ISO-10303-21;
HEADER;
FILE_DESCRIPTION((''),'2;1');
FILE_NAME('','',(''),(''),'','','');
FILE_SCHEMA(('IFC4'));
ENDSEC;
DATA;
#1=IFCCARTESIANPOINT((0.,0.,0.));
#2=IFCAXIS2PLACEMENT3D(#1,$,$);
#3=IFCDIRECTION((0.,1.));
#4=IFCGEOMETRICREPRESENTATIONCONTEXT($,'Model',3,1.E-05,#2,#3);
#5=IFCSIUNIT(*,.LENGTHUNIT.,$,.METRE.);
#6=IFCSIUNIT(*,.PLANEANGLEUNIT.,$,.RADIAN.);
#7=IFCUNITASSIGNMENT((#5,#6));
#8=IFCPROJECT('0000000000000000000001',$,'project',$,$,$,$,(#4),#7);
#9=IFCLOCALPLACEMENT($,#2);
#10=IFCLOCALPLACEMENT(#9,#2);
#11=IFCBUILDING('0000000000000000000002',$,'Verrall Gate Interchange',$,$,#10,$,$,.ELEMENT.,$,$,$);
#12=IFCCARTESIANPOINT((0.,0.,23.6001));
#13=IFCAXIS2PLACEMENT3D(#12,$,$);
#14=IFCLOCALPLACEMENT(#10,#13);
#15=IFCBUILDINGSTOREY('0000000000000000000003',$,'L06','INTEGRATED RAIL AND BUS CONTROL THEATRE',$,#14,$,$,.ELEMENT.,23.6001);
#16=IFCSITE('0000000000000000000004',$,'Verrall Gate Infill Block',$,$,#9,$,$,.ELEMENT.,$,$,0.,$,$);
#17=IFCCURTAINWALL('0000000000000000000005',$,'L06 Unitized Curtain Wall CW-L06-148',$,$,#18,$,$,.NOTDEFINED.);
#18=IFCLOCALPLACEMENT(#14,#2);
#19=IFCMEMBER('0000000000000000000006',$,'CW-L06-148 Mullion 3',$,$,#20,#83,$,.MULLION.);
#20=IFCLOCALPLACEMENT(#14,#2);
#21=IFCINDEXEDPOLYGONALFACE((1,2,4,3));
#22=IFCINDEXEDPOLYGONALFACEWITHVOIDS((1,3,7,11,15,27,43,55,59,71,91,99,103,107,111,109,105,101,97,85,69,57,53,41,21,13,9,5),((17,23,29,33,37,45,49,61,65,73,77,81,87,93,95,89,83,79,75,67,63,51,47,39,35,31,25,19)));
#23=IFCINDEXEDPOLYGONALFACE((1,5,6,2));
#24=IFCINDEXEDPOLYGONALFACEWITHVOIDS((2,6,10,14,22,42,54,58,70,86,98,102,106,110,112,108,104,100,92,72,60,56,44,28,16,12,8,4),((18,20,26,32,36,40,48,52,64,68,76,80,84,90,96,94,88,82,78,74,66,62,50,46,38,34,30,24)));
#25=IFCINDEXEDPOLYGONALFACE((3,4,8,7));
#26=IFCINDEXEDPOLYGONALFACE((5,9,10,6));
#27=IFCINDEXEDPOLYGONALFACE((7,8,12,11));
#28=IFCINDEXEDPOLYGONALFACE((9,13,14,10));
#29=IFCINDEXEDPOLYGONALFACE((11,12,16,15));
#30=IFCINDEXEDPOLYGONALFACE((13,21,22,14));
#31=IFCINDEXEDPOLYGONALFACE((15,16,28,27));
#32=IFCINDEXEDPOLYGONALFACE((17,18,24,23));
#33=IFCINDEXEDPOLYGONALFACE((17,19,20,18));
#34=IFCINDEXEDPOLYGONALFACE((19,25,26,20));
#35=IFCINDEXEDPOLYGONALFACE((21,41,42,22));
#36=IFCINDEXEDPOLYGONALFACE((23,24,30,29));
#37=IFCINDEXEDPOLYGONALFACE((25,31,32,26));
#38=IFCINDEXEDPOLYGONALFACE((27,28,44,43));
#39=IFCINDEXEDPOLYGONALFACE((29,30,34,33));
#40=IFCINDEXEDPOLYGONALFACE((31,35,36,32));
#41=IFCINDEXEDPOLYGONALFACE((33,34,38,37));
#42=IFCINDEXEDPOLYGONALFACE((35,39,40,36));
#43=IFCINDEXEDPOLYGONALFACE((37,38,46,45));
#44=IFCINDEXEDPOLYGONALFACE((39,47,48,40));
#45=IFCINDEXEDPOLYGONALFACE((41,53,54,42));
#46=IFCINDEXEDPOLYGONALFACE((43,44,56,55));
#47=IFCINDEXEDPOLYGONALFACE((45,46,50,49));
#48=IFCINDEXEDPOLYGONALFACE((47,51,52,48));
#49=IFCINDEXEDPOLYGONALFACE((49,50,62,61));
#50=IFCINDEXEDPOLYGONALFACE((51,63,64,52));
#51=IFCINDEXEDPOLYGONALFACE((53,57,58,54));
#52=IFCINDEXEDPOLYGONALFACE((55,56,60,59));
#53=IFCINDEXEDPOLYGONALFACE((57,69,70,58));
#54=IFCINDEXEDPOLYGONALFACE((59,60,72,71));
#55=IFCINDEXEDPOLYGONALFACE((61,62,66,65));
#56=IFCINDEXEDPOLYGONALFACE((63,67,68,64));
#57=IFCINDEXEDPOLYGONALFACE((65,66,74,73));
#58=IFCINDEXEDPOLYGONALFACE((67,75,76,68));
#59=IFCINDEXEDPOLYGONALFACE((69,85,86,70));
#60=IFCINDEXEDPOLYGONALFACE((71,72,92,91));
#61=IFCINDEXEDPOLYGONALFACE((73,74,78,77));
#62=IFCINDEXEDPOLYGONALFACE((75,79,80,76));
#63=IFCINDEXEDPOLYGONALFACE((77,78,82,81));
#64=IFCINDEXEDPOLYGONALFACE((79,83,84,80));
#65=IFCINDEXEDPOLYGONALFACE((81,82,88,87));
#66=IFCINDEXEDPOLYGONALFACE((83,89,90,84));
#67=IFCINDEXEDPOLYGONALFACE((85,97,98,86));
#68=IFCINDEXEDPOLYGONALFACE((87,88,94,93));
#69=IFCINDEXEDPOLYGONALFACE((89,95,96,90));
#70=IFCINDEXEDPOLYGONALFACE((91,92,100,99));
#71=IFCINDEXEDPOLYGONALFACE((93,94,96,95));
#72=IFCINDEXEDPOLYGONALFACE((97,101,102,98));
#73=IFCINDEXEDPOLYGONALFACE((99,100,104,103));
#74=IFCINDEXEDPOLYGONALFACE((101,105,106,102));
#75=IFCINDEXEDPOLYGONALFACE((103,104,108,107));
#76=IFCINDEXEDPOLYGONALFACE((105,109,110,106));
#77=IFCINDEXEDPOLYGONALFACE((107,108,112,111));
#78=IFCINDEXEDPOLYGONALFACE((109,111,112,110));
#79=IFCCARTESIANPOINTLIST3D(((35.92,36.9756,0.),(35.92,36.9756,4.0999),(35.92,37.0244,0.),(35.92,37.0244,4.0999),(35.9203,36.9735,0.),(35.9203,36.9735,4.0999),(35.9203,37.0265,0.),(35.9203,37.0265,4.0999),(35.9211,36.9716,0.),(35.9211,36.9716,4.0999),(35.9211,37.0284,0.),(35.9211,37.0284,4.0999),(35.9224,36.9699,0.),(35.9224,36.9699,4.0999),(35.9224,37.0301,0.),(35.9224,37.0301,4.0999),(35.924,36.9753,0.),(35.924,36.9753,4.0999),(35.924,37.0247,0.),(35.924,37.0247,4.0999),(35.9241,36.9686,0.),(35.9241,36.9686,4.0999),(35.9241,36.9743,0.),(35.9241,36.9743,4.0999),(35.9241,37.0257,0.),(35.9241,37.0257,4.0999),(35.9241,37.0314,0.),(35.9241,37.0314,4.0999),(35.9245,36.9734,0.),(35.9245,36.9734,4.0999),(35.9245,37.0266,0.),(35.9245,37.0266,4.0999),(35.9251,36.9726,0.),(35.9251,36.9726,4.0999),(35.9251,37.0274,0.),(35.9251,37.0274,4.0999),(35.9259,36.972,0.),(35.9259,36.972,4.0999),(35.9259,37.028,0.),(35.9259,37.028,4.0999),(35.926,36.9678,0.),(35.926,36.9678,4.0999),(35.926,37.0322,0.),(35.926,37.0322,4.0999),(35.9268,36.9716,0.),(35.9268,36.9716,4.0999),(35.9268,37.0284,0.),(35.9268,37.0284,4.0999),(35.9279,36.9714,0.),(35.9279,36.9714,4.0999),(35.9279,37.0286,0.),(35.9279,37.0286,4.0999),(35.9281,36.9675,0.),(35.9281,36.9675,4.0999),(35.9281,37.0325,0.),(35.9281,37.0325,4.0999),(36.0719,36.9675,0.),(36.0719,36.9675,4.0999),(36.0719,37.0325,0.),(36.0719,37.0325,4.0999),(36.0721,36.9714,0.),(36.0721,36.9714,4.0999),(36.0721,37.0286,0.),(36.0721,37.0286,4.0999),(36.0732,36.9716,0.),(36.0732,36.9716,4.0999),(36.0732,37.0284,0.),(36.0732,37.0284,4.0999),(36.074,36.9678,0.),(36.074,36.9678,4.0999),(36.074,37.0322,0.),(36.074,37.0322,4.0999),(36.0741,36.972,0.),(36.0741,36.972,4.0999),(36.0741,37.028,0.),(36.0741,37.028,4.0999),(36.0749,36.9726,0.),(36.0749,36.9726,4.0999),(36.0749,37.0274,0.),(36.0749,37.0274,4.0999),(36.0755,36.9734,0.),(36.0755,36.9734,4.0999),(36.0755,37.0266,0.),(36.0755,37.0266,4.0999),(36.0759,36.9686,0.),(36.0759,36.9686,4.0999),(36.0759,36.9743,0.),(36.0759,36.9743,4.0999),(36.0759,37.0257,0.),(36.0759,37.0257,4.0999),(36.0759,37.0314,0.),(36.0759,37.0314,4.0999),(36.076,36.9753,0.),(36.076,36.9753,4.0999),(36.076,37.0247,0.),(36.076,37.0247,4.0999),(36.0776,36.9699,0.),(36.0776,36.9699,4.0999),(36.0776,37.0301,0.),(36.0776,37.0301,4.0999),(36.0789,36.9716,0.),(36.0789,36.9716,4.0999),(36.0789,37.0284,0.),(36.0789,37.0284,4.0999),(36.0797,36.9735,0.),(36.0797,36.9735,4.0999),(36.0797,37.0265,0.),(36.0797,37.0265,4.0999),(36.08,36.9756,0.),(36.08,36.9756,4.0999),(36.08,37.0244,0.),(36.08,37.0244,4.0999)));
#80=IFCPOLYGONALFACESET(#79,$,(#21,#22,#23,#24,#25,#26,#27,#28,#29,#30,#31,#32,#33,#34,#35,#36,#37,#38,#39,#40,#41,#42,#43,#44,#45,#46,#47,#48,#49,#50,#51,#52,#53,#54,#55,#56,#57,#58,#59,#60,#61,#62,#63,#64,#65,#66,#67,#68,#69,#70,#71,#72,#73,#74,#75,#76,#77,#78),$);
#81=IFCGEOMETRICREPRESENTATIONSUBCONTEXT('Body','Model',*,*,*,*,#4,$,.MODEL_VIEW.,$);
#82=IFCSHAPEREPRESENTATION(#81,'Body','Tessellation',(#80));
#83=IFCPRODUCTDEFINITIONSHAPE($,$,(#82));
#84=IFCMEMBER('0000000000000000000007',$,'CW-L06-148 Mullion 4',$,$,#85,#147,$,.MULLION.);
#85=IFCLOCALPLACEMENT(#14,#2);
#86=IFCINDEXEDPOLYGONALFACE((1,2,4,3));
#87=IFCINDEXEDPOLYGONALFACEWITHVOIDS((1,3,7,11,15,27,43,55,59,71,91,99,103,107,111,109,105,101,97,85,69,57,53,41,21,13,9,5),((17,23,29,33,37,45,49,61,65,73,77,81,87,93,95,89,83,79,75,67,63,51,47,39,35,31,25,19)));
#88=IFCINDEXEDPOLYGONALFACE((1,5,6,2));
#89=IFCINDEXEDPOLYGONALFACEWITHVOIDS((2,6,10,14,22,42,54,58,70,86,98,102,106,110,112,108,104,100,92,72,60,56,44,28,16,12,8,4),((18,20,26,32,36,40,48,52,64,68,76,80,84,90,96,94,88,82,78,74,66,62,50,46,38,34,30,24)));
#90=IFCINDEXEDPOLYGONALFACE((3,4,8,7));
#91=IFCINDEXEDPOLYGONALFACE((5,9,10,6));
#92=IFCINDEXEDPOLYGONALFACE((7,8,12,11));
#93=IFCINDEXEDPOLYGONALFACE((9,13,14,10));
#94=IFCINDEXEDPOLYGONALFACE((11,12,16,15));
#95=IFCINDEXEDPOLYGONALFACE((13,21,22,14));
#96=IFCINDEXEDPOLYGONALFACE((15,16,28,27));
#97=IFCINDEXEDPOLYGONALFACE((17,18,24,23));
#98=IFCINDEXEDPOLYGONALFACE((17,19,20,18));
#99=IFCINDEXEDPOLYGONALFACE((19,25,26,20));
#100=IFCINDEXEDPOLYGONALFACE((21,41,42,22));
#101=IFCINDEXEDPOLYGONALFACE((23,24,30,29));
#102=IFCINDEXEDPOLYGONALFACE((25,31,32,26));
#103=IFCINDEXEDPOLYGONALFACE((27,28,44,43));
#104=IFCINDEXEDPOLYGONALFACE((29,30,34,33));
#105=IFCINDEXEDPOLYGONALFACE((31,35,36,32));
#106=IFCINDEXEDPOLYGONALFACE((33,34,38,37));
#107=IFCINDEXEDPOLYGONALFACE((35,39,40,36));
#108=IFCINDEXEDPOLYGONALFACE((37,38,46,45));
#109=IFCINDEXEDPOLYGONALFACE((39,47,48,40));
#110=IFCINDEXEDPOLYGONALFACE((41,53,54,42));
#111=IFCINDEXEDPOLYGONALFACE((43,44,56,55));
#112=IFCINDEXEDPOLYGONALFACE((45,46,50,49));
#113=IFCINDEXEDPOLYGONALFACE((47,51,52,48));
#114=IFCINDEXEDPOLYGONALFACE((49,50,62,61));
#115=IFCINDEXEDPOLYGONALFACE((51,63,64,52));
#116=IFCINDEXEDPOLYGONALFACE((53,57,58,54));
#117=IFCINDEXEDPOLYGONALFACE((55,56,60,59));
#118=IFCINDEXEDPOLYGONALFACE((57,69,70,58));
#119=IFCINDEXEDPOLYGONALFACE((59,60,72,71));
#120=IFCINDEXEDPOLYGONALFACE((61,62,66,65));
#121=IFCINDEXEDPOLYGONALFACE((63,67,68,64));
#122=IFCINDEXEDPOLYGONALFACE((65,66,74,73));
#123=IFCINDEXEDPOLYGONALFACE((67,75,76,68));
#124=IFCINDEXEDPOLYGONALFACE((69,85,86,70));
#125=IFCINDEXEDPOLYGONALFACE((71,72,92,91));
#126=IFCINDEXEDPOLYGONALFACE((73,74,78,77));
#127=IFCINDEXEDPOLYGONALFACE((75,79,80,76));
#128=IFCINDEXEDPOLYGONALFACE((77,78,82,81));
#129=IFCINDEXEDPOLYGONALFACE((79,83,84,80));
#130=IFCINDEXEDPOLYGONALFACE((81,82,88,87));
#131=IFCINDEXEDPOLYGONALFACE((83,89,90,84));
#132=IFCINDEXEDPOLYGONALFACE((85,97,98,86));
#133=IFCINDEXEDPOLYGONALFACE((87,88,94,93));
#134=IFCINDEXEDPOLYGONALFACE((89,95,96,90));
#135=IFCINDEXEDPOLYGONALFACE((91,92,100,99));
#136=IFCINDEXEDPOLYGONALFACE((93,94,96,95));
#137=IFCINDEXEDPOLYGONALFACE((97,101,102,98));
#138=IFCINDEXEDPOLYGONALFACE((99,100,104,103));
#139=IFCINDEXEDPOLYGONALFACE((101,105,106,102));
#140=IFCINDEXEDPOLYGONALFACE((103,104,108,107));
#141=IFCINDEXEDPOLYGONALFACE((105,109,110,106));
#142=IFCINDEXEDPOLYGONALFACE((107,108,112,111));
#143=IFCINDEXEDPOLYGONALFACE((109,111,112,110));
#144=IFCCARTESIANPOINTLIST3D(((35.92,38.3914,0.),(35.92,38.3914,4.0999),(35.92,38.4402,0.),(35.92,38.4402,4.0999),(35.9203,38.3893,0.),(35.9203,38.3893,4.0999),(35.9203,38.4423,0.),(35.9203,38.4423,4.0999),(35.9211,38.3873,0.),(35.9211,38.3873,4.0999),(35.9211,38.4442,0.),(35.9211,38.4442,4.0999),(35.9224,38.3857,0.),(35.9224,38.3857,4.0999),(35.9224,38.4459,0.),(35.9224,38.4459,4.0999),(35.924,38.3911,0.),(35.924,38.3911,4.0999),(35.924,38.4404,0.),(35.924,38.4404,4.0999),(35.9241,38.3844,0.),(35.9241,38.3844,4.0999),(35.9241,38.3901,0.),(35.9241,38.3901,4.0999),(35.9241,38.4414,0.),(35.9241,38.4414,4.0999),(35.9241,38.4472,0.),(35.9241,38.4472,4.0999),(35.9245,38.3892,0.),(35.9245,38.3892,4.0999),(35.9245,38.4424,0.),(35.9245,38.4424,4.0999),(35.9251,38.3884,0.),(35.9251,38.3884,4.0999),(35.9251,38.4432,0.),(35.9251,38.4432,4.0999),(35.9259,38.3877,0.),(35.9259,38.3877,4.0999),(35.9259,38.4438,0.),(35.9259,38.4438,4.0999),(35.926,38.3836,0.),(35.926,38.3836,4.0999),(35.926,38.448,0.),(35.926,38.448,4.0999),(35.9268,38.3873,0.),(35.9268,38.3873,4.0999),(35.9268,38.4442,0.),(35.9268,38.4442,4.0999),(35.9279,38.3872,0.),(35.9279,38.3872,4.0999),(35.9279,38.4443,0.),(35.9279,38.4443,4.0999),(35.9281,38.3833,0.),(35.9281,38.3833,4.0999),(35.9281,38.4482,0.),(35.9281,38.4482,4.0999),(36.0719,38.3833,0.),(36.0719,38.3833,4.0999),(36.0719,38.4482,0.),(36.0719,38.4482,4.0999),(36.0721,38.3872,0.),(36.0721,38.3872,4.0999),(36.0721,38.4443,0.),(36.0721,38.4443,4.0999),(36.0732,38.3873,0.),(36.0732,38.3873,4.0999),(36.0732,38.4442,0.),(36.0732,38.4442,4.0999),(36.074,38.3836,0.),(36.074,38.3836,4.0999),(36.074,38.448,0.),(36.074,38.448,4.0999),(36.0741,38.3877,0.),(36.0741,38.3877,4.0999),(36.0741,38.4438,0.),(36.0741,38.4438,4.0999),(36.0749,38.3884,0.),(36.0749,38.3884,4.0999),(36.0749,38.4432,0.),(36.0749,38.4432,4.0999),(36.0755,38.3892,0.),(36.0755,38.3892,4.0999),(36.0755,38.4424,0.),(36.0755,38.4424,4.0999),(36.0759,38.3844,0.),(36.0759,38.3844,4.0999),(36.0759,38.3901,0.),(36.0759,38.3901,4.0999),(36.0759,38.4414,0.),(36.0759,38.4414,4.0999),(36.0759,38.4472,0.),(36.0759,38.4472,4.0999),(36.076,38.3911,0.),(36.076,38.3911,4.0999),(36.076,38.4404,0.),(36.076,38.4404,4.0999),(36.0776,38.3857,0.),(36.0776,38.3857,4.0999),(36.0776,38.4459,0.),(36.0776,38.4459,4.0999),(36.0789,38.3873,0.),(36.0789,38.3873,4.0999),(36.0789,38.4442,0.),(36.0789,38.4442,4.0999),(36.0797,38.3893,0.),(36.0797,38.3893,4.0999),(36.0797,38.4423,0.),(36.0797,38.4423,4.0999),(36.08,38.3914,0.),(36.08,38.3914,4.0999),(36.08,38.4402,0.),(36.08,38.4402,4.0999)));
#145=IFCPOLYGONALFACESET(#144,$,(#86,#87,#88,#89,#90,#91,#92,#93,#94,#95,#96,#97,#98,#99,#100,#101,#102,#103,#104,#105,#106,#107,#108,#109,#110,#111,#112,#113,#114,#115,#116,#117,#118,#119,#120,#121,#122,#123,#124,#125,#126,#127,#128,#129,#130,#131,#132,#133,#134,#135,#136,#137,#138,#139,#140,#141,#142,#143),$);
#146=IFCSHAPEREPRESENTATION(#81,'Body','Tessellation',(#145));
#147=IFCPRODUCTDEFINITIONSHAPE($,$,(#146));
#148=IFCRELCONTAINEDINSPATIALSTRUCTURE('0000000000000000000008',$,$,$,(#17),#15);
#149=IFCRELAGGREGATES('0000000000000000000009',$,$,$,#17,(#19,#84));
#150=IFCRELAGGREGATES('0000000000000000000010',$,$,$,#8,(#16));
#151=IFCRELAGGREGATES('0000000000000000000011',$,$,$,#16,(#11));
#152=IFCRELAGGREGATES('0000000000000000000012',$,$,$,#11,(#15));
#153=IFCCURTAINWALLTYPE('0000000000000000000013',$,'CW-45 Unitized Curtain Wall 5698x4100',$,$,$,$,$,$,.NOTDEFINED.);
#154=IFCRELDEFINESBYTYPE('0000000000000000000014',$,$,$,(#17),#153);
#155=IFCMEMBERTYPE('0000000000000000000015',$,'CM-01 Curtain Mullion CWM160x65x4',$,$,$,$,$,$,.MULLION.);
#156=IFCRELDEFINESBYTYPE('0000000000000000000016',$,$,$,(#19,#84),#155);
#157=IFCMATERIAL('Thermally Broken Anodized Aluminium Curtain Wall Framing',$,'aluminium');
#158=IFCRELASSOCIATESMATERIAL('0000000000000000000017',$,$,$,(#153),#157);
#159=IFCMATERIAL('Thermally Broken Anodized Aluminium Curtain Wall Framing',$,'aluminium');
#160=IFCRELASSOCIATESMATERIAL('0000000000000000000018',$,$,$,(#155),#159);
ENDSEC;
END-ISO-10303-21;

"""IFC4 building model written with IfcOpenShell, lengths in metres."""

from ifc_helpers import new_model, si_unit, direction, frame, origin, origin_2d, place, context, subcontext, project, spatial, hollow_rectangle, extrude, material, material_profile, profile_set, type_object, element, aggregate, save


model = new_model("IFC4")

# Units and contexts
model_context = context("Model", 3, precision=1e-05, world=origin(), true_north=direction((0.0, 1.0)))
body_context = subcontext(model_context, "Body", "Model", "MODEL_VIEW")
ifc_project = project(units=[si_unit("LENGTHUNIT", "METRE"), si_unit("PLANEANGLEUNIT", "RADIAN")], contexts=[model_context])

# Site, building, storey
site_placement = place(None, origin())
site = spatial("IfcSite", under=ifc_project, at=site_placement, Name="Verrall Gate Infill Block", CompositionType="ELEMENT", RefElevation=0.0)
building_placement = place(site_placement, origin())
building = spatial("IfcBuilding", under=site, at=building_placement, Name="Verrall Gate Interchange", CompositionType="ELEMENT")
storey_placement = place(building_placement, frame((0.0, 0.0, 23.6001)))
storey = spatial("IfcBuildingStorey", under=building, at=storey_placement, Name="L06", Description="INTEGRATED RAIL AND BUS CONTROL THEATRE", CompositionType="ELEMENT", Elevation=23.6001)

# Curtain wall, members
ifc_material_1 = material(Name="Thermally Broken Anodized Aluminium Curtain Wall Framing", Category="aluminium")
curtain_wall_type_1 = type_object("IfcCurtainWallType", Name="CW-45 Unitized Curtain Wall 5698x4100", PredefinedType="NOTDEFINED", material=ifc_material_1)
curtain_wall_1_placement = place(storey_placement, origin())
curtain_wall_1 = element("IfcCurtainWall", 1, at=curtain_wall_1_placement, inside=storey, type_object=curtain_wall_type_1, Name="L06 Unitized Curtain Wall CW-L06-148", PredefinedType="NOTDEFINED")
ifc_material_2 = material(Name="Thermally Broken Anodized Aluminium Curtain Wall Framing", Category="aluminium")
ifc_material_profile_1 = material_profile(ifc_material_2, hollow_rectangle(XDim=0.0649, YDim=0.1599, WallThickness=0.0039, InnerFilletRadius=0.0039, OuterFilletRadius=0.0081, at=origin_2d()), Name="CWM160x65x4")
ifc_profile_set_1 = profile_set([ifc_material_profile_1], Name="Thermally Broken Anodized Aluminium Curtain Wall Framing")
member_type_1 = type_object("IfcMemberType", Name="CM-01 Curtain Mullion CWM160x65x4", PredefinedType="MULLION", material=ifc_profile_set_1)
member_1_placement = place(storey_placement, frame((36.0, 37.0, 0.0), z_axis=(0.0, 0.0, 1.0), x_axis=(0.0, 1.0, 0.0)))
member_1 = element("IfcMember", 2, at=member_1_placement, type_object=member_type_1, Name="CW-L06-148 Mullion 3", PredefinedType="MULLION", context=body_context, shape_type="SweptSolid", body=[
    extrude(hollow_rectangle(XDim=0.0649, YDim=0.1599, WallThickness=0.0039, InnerFilletRadius=0.0039, OuterFilletRadius=0.0081, at=origin_2d()), origin(), (0.0, 0.0, 1.0), 4.0999),
])
member_2_placement = place(storey_placement, frame((36.0, 38.4158, 0.0), z_axis=(0.0, 0.0, 1.0), x_axis=(0.0, 1.0, 0.0)))
member_2 = element("IfcMember", 3, at=member_2_placement, type_object=member_type_1, Name="CW-L06-148 Mullion 4", PredefinedType="MULLION", context=body_context, shape_type="SweptSolid", body=[
    extrude(hollow_rectangle(XDim=0.0649, YDim=0.1599, WallThickness=0.0039, InnerFilletRadius=0.0039, OuterFilletRadius=0.0081, at=origin_2d()), origin(), (0.0, 0.0, 1.0), 4.0999),
])

aggregate(curtain_wall_1, [member_1, member_2])

save(model, "model.ifc")
